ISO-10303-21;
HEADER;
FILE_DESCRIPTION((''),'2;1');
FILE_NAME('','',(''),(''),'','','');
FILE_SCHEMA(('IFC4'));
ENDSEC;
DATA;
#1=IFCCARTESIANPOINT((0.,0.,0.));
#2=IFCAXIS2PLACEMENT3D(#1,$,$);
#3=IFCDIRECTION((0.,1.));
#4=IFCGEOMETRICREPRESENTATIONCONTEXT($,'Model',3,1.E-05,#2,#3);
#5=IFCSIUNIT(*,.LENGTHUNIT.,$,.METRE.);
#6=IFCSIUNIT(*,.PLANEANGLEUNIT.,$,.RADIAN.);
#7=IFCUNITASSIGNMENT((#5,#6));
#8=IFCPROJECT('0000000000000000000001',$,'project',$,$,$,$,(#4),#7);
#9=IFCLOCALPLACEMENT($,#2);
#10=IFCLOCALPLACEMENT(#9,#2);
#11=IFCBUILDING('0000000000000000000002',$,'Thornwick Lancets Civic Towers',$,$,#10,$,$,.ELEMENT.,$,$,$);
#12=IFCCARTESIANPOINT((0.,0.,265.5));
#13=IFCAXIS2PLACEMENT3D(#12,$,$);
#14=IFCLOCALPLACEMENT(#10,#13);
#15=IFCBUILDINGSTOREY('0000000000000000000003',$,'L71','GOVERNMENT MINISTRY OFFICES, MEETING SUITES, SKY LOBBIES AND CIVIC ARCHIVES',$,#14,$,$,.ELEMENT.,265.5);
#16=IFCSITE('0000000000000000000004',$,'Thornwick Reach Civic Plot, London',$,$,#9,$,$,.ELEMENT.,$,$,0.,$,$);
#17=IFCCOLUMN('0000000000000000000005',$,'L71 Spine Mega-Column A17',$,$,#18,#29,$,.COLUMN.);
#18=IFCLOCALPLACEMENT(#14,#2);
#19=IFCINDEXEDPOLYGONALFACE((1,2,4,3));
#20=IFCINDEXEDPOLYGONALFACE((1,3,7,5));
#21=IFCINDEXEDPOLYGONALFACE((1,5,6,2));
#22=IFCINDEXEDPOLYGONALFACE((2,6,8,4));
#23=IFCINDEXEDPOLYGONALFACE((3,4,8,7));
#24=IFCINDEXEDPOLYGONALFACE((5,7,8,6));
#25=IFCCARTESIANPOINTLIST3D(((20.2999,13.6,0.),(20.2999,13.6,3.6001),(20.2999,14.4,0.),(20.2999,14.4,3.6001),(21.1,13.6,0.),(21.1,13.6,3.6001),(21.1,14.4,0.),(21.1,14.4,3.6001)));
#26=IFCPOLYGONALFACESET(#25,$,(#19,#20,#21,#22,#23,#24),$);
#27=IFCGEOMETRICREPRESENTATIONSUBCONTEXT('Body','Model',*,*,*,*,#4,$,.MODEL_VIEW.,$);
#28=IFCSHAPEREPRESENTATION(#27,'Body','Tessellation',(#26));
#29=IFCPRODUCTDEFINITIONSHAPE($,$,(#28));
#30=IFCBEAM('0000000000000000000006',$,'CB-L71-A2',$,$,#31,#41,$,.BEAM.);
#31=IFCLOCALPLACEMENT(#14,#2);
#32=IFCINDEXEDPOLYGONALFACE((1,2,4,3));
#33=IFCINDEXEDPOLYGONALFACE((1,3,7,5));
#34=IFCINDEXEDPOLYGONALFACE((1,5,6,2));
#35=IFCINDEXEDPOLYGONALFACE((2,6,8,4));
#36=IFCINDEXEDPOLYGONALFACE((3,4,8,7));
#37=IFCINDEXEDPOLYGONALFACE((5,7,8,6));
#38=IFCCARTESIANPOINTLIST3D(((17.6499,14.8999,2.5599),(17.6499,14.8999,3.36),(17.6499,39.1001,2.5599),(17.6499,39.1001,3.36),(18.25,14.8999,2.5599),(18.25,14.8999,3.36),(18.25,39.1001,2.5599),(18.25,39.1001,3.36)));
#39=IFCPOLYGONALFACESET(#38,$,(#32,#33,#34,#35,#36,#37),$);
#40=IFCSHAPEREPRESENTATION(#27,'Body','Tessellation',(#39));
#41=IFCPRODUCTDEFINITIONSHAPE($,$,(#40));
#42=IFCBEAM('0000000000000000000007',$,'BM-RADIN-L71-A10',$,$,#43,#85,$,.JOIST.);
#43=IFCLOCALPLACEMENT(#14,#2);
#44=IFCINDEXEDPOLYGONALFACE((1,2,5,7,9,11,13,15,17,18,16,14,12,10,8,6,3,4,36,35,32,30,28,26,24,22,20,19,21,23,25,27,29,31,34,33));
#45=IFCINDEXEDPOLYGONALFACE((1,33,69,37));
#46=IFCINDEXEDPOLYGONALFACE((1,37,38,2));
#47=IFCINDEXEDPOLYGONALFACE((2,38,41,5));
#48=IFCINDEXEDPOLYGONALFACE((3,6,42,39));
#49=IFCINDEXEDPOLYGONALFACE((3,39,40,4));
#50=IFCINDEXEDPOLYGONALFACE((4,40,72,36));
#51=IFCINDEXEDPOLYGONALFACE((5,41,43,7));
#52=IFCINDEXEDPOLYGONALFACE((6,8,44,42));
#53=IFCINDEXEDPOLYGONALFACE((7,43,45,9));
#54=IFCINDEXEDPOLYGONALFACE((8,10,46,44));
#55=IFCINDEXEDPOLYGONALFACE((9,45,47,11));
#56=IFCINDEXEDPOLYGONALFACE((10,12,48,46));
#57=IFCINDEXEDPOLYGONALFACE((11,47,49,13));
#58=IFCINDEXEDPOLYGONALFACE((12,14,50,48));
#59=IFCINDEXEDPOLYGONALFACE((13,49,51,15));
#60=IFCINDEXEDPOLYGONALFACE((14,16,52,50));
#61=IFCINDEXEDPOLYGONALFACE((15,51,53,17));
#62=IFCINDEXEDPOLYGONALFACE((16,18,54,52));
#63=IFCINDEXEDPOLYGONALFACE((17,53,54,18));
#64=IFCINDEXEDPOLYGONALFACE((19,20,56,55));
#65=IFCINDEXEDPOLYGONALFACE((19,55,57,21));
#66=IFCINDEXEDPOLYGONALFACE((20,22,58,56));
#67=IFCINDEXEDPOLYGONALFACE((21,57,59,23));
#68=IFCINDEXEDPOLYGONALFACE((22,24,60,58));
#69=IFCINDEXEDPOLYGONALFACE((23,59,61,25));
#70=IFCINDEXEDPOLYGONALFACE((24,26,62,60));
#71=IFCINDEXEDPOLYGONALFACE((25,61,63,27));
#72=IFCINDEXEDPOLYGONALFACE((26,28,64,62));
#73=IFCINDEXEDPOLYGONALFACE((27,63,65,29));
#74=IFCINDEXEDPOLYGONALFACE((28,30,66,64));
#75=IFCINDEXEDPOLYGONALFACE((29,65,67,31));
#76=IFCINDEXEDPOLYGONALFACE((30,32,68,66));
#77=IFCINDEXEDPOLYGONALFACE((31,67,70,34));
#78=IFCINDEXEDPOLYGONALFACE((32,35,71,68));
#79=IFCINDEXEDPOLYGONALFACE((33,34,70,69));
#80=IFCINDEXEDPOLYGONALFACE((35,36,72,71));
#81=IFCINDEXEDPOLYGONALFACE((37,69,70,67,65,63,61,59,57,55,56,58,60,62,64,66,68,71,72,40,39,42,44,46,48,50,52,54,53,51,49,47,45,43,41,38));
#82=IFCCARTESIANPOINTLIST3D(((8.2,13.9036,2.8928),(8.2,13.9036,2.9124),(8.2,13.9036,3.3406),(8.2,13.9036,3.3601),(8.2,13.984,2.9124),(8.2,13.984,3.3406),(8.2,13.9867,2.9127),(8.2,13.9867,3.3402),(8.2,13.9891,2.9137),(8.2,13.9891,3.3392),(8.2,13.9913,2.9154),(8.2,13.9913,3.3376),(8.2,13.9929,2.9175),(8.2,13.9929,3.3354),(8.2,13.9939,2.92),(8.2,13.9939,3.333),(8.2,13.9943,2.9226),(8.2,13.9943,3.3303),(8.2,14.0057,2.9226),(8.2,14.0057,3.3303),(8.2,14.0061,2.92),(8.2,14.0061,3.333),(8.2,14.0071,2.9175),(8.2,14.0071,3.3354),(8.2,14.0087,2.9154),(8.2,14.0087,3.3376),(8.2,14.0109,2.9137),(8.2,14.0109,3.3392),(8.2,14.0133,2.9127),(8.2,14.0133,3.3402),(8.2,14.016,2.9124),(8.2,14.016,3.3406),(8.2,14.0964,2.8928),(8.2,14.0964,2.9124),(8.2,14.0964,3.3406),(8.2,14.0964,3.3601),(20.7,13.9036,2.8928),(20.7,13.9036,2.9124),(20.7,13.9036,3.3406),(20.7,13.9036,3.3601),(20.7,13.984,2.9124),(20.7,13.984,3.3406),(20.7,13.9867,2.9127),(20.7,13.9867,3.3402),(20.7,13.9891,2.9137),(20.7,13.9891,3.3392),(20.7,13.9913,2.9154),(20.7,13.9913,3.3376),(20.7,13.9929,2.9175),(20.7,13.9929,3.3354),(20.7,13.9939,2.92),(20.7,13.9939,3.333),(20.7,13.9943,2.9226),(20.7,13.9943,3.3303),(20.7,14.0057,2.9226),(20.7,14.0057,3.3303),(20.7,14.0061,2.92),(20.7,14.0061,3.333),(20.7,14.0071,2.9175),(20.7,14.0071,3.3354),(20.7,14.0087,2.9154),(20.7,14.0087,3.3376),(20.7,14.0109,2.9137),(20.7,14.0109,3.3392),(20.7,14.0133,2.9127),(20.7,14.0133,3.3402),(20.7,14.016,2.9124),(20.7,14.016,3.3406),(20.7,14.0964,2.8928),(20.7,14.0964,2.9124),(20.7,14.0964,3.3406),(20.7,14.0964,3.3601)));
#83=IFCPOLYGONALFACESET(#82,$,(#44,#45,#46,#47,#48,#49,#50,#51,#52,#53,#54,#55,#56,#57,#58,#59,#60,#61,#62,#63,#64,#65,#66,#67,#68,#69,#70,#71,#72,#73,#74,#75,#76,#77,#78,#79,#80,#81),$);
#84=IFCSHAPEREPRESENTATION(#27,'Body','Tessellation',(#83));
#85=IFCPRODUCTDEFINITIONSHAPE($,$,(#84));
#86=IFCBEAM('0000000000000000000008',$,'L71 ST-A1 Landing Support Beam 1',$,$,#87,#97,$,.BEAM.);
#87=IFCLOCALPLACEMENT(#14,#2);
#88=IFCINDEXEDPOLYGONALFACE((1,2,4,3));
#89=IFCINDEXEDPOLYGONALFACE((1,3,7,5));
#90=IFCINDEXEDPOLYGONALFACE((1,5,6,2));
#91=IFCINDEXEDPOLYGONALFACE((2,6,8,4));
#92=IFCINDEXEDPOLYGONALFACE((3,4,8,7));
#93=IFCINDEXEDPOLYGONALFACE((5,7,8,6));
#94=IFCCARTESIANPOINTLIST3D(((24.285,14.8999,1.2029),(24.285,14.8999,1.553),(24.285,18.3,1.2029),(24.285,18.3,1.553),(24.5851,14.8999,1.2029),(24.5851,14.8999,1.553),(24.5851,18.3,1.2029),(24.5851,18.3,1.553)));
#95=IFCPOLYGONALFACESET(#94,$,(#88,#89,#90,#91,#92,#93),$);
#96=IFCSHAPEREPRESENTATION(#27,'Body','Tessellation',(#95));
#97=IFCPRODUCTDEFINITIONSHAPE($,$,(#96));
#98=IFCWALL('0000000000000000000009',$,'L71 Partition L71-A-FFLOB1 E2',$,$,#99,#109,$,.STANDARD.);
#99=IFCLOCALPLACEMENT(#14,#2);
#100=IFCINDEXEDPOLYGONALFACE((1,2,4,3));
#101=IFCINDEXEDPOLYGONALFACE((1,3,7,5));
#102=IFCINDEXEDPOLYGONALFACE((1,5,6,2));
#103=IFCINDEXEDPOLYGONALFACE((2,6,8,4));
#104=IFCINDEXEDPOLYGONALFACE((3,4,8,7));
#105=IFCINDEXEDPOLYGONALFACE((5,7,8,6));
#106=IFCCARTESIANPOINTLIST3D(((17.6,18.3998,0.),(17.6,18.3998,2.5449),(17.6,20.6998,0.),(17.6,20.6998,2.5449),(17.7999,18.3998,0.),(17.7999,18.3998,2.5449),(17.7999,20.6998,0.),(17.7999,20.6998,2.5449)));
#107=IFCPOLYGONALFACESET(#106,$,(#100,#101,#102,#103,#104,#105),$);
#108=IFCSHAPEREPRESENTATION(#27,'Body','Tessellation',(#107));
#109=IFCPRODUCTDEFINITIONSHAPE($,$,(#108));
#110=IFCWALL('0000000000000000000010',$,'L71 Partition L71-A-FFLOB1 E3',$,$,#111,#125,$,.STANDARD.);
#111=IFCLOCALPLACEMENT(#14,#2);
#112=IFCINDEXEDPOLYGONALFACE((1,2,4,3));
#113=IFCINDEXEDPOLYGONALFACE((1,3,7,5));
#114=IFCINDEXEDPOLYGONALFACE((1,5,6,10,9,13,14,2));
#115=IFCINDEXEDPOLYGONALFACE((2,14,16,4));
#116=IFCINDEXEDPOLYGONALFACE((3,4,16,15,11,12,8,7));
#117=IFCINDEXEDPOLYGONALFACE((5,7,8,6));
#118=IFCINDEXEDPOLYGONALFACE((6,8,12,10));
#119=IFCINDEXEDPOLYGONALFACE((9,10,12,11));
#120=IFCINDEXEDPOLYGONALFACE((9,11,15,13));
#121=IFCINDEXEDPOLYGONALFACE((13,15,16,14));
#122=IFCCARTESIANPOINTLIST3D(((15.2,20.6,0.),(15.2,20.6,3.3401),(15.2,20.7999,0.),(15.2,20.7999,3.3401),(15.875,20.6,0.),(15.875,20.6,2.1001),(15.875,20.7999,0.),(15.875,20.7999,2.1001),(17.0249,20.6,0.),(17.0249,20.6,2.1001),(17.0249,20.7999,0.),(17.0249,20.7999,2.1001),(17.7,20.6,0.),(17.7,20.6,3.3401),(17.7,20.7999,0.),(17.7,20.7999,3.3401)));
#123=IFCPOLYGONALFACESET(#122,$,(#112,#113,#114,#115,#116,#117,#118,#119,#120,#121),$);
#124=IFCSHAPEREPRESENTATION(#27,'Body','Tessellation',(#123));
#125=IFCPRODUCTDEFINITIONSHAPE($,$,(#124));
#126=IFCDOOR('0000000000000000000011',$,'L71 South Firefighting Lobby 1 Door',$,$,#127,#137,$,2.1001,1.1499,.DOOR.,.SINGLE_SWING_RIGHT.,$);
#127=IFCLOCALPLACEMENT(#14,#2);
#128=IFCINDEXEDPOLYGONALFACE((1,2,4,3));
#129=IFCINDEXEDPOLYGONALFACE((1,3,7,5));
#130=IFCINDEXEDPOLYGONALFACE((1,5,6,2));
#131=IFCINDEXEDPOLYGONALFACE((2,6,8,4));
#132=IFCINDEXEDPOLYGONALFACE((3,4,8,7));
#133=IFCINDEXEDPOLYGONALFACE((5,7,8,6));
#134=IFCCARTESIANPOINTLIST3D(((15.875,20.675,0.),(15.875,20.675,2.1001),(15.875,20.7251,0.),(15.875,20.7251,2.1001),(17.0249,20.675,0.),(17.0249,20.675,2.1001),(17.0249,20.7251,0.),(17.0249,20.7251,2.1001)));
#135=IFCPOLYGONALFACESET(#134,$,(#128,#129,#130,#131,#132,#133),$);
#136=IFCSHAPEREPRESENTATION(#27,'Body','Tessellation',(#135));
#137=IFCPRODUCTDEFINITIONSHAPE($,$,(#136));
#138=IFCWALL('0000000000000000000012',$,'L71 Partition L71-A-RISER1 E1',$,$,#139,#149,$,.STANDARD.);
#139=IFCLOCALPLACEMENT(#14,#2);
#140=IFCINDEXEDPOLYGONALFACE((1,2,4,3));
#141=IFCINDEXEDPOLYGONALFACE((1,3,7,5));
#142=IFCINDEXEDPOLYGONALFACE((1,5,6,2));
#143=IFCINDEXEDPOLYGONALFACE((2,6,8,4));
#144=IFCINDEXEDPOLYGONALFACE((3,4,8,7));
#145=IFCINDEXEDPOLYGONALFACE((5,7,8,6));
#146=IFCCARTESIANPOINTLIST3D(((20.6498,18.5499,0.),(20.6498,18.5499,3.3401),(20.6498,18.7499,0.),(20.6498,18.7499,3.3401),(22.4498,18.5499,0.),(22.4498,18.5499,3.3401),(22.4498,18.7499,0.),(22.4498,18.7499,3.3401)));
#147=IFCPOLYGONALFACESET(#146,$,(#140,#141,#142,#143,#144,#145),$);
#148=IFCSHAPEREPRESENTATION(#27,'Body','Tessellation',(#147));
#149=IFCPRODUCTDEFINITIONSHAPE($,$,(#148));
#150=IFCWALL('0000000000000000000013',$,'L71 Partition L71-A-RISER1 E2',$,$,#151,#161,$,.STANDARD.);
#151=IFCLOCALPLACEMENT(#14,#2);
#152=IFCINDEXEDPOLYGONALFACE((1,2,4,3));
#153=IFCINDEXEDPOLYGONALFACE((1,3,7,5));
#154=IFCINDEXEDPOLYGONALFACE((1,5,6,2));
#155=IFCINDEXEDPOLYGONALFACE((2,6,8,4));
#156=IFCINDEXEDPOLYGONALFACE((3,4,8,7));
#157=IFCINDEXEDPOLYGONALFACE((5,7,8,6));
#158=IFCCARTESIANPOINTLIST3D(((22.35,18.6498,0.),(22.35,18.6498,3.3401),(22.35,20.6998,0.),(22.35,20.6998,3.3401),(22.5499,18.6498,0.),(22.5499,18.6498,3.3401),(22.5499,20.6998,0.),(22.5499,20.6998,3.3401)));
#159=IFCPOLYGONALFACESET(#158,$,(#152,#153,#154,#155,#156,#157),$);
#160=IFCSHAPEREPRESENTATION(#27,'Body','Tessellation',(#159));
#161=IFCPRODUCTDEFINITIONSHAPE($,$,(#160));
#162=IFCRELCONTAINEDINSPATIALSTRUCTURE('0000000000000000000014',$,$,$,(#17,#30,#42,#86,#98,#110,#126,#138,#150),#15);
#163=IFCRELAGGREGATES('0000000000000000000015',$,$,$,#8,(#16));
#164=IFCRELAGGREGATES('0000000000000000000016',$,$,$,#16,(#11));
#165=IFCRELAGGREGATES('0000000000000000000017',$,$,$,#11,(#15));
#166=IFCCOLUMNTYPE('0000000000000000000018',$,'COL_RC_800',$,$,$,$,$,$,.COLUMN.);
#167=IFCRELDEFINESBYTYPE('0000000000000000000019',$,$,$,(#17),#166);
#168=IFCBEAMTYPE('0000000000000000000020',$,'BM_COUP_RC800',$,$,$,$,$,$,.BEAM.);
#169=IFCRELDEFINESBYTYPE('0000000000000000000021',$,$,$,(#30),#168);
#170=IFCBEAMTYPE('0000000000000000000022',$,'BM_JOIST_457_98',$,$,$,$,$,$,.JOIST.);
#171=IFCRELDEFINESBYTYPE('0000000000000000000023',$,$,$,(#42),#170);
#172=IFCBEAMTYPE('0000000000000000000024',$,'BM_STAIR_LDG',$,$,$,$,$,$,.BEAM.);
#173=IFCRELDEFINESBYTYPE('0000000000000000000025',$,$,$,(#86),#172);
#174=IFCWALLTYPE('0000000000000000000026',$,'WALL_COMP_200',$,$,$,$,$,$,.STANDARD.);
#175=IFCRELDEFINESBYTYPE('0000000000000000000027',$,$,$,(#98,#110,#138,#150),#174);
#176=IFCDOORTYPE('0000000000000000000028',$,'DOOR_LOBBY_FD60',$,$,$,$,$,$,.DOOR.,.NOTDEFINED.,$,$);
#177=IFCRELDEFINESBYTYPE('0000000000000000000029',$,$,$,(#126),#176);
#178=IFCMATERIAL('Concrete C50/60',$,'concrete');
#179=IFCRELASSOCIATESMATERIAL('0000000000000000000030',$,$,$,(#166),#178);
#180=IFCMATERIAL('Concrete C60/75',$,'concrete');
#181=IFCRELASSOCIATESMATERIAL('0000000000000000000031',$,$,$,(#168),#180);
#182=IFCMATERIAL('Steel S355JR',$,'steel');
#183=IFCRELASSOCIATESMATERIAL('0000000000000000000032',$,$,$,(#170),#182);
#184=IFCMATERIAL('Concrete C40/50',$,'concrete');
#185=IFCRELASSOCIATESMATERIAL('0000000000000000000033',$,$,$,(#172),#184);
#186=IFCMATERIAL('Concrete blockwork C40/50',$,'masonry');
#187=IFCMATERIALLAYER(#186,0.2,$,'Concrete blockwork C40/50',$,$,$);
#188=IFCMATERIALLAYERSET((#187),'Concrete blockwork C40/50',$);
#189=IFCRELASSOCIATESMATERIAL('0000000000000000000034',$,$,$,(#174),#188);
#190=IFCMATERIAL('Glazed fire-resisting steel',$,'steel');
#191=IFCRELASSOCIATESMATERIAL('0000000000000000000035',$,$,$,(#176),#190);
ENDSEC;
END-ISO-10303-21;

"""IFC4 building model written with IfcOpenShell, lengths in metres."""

from ifc_helpers import new_model, si_unit, direction, frame, frame_2d, origin, origin_2d, place, context, subcontext, project, spatial, rectangle, i_section, extrude, material, layer, layer_set, material_profile, profile_set, type_object, element, fill, save


model = new_model("IFC4")

# Units and contexts
model_context = context("Model", 3, precision=1e-05, world=origin(), true_north=direction((0.0, 1.0)))
body_context = subcontext(model_context, "Body", "Model", "MODEL_VIEW")
ifc_project = project(units=[si_unit("LENGTHUNIT", "METRE"), si_unit("PLANEANGLEUNIT", "RADIAN")], contexts=[model_context])

# Site, building, storey
site_placement = place(None, origin())
site = spatial("IfcSite", under=ifc_project, at=site_placement, Name="Thornwick Reach Civic Plot, London", CompositionType="ELEMENT", RefElevation=0.0)
building_placement = place(site_placement, origin())
building = spatial("IfcBuilding", under=site, at=building_placement, Name="Thornwick Lancets Civic Towers", CompositionType="ELEMENT")
storey_placement = place(building_placement, frame((0.0, 0.0, 265.5)))
storey = spatial("IfcBuildingStorey", under=building, at=storey_placement, Name="L71", Description="GOVERNMENT MINISTRY OFFICES, MEETING SUITES, SKY LOBBIES AND CIVIC ARCHIVES", CompositionType="ELEMENT", Elevation=265.5)

# Column
ifc_material_1 = material(Name="Concrete C50/60", Category="concrete")
ifc_material_profile_1 = material_profile(ifc_material_1, rectangle(XDim=0.8, YDim=0.8, at=origin_2d()), Name="RC 800x800")
ifc_profile_set_1 = profile_set([ifc_material_profile_1], Name="Concrete C50/60")
column_type = type_object("IfcColumnType", Name="COL_RC_800", PredefinedType="COLUMN", material=ifc_profile_set_1)
column_placement = place(storey_placement, frame((20.7, 14.0, 0.0), z_axis=(0.0, 0.0, 1.0), x_axis=(1.0, 0.0, 0.0)))
element("IfcColumn", 1, at=column_placement, inside=storey, type_object=column_type, Name="L71 Spine Mega-Column A17", PredefinedType="COLUMN", context=body_context, shape_type="SweptSolid", body=[
    extrude(rectangle(XDim=0.8, YDim=0.8, at=origin_2d()), origin(), (0.0, 0.0, 1.0), 3.6001),
])

# Beams
ifc_material_2 = material(Name="Concrete C60/75", Category="concrete")
ifc_material_profile_2 = material_profile(ifc_material_2, rectangle(XDim=0.6001, YDim=0.8, at=origin_2d()), Name="RC 600x800")
ifc_profile_set_2 = profile_set([ifc_material_profile_2], Name="Concrete C60/75")
beam_type_1 = type_object("IfcBeamType", Name="BM_COUP_RC800", PredefinedType="BEAM", material=ifc_profile_set_2)
beam_1_placement = place(storey_placement, frame((17.95, 14.8999, 2.96), z_axis=(0.0, 1.0, 0.0), x_axis=(-1.0, 0.0, 0.0)))
element("IfcBeam", 2, at=beam_1_placement, inside=storey, type_object=beam_type_1, Name="CB-L71-A2", PredefinedType="BEAM", context=body_context, shape_type="SweptSolid", body=[
    extrude(rectangle(XDim=0.6001, YDim=0.8, at=origin_2d()), origin(), (0.0, 0.0, 1.0), 24.2002),
])
ifc_material_3 = material(Name="Steel S355JR", Category="steel")
ifc_material_profile_3 = material_profile(ifc_material_3, i_section(OverallWidth=0.1929, OverallDepth=0.4673, WebThickness=0.0115, FlangeThickness=0.0195, FilletRadius=0.0103, at=origin_2d()), Name="UKB 457x191x98")
ifc_profile_set_3 = profile_set([ifc_material_profile_3], Name="Steel S355JR")
beam_type_2 = type_object("IfcBeamType", Name="BM_JOIST_457_98", PredefinedType="JOIST", material=ifc_profile_set_3)
beam_2_placement = place(storey_placement, frame((20.7, 14.0, 3.1265), z_axis=(-1.0, 0.0, 0.0), x_axis=(0.0, -1.0, 0.0)))
element("IfcBeam", 3, at=beam_2_placement, inside=storey, type_object=beam_type_2, Name="BM-RADIN-L71-A10", PredefinedType="JOIST", context=body_context, shape_type="SweptSolid", body=[
    extrude(i_section(OverallWidth=0.1929, OverallDepth=0.4673, WebThickness=0.0115, FlangeThickness=0.0195, FilletRadius=0.0103, at=origin_2d()), origin(), (0.0, 0.0, 1.0), 12.5),
])
ifc_material_4 = material(Name="Concrete C40/50", Category="concrete")
ifc_material_profile_4 = material_profile(ifc_material_4, rectangle(XDim=0.3, YDim=0.3501, at=origin_2d()), Name="RC 300x350")
ifc_profile_set_4 = profile_set([ifc_material_profile_4], Name="Concrete C40/50")
beam_type_3 = type_object("IfcBeamType", Name="BM_STAIR_LDG", PredefinedType="BEAM", material=ifc_profile_set_4)
beam_3_placement = place(storey_placement, frame((24.4351, 14.8999, 1.3779), z_axis=(0.0, 1.0, 0.0), x_axis=(-1.0, 0.0, 0.0)))
element("IfcBeam", 4, at=beam_3_placement, inside=storey, type_object=beam_type_3, Name="L71 ST-A1 Landing Support Beam 1", PredefinedType="BEAM", context=body_context, shape_type="SweptSolid", body=[
    extrude(rectangle(XDim=0.3, YDim=0.3501, at=origin_2d()), origin(), (0.0, 0.0, 1.0), 3.4001),
])

# Wall
ifc_material_5 = material(Name="Concrete blockwork C40/50", Category="masonry")
ifc_layer_1 = layer(ifc_material_5, 0.2, Name="Concrete blockwork C40/50")
ifc_layer_set_1 = layer_set([ifc_layer_1], Name="Concrete blockwork C40/50")
wall_type_1 = type_object("IfcWallType", Name="WALL_COMP_200", PredefinedType="STANDARD", material=ifc_layer_set_1)
wall_1_placement = place(storey_placement, frame((17.7, 18.3999, 0.0), z_axis=(0.0, 0.0, 1.0), x_axis=(0.0, 1.0, 0.0)))
element("IfcWall", 5, at=wall_1_placement, inside=storey, type_object=wall_type_1, Name="L71 Partition L71-A-FFLOB1 E2", PredefinedType="STANDARD", context=body_context, shape_type="SweptSolid", body=[
    extrude(rectangle(XDim=2.3, YDim=0.2, at=frame_2d((1.1499, 0.0))), origin(), (0.0, 0.0, 1.0), 2.5449),
])

# Wall, opening, door
wall_2_placement = place(storey_placement, frame((17.7, 20.7, 0.0), z_axis=(0.0, 0.0, 1.0), x_axis=(-1.0, 0.0, 0.0)))
wall_2 = element("IfcWall", 6, at=wall_2_placement, inside=storey, type_object=wall_type_1, Name="L71 Partition L71-A-FFLOB1 E3", PredefinedType="STANDARD", context=body_context, shape_type="SweptSolid", body=[
    extrude(rectangle(XDim=2.5, YDim=0.2, at=frame_2d((1.25, 0.0))), origin(), (0.0, 0.0, 1.0), 3.3401),
])
opening_1_placement = place(wall_2_placement, frame((0.675, 0.0, 0.0)))
opening_1 = element("IfcOpeningElement", 7, at=opening_1_placement, cuts=wall_2, PredefinedType="OPENING", context=body_context, shape_type="SweptSolid", body=[
    extrude(rectangle(XDim=1.1499, YDim=2.1001, at=frame_2d((0.575, 1.05))), frame((0.0, 0.1099, 0.0), z_axis=(0.0, -1.0, 0.0), x_axis=(1.0, 0.0, 0.0)), (0.0, 0.0, 1.0), 0.22),
])
ifc_material_6 = material(Name="Glazed fire-resisting steel", Category="steel")
door_type_1 = type_object("IfcDoorType", Name="DOOR_LOBBY_FD60", OperationType="NOTDEFINED", PredefinedType="DOOR", material=ifc_material_6)
door_1_placement = place(opening_1_placement, origin())
door_1 = element("IfcDoor", 8, at=door_1_placement, inside=storey, type_object=door_type_1, Name="L71 South Firefighting Lobby 1 Door", OperationType="SINGLE_SWING_RIGHT", OverallHeight=2.1001, OverallWidth=1.1499, PredefinedType="DOOR", context=body_context, shape_type="SweptSolid", body=[
    extrude(rectangle(XDim=1.1499, YDim=2.1001, at=frame_2d((0.575, 1.05))), frame((0.0, 0.0249, 0.0), z_axis=(0.0, -1.0, 0.0), x_axis=(1.0, 0.0, 0.0)), (0.0, 0.0, 1.0), 0.05),
])
fill(opening_1, door_1)

# Walls
wall_3_placement = place(storey_placement, frame((20.6499, 18.6499, 0.0), z_axis=(0.0, 0.0, 1.0), x_axis=(1.0, 0.0, 0.0)))
element("IfcWall", 9, at=wall_3_placement, inside=storey, type_object=wall_type_1, Name="L71 Partition L71-A-RISER1 E1", PredefinedType="STANDARD", context=body_context, shape_type="SweptSolid", body=[
    extrude(rectangle(XDim=1.8, YDim=0.2, at=frame_2d((0.8999, 0.0))), origin(), (0.0, 0.0, 1.0), 3.3401),
])
wall_4_placement = place(storey_placement, frame((22.45, 18.6499, 0.0), z_axis=(0.0, 0.0, 1.0), x_axis=(0.0, 1.0, 0.0)))
element("IfcWall", 10, at=wall_4_placement, inside=storey, type_object=wall_type_1, Name="L71 Partition L71-A-RISER1 E2", PredefinedType="STANDARD", context=body_context, shape_type="SweptSolid", body=[
    extrude(rectangle(XDim=2.05, YDim=0.2, at=frame_2d((1.0249, 0.0))), origin(), (0.0, 0.0, 1.0), 3.3401),
])

save(model, "model.ifc")
